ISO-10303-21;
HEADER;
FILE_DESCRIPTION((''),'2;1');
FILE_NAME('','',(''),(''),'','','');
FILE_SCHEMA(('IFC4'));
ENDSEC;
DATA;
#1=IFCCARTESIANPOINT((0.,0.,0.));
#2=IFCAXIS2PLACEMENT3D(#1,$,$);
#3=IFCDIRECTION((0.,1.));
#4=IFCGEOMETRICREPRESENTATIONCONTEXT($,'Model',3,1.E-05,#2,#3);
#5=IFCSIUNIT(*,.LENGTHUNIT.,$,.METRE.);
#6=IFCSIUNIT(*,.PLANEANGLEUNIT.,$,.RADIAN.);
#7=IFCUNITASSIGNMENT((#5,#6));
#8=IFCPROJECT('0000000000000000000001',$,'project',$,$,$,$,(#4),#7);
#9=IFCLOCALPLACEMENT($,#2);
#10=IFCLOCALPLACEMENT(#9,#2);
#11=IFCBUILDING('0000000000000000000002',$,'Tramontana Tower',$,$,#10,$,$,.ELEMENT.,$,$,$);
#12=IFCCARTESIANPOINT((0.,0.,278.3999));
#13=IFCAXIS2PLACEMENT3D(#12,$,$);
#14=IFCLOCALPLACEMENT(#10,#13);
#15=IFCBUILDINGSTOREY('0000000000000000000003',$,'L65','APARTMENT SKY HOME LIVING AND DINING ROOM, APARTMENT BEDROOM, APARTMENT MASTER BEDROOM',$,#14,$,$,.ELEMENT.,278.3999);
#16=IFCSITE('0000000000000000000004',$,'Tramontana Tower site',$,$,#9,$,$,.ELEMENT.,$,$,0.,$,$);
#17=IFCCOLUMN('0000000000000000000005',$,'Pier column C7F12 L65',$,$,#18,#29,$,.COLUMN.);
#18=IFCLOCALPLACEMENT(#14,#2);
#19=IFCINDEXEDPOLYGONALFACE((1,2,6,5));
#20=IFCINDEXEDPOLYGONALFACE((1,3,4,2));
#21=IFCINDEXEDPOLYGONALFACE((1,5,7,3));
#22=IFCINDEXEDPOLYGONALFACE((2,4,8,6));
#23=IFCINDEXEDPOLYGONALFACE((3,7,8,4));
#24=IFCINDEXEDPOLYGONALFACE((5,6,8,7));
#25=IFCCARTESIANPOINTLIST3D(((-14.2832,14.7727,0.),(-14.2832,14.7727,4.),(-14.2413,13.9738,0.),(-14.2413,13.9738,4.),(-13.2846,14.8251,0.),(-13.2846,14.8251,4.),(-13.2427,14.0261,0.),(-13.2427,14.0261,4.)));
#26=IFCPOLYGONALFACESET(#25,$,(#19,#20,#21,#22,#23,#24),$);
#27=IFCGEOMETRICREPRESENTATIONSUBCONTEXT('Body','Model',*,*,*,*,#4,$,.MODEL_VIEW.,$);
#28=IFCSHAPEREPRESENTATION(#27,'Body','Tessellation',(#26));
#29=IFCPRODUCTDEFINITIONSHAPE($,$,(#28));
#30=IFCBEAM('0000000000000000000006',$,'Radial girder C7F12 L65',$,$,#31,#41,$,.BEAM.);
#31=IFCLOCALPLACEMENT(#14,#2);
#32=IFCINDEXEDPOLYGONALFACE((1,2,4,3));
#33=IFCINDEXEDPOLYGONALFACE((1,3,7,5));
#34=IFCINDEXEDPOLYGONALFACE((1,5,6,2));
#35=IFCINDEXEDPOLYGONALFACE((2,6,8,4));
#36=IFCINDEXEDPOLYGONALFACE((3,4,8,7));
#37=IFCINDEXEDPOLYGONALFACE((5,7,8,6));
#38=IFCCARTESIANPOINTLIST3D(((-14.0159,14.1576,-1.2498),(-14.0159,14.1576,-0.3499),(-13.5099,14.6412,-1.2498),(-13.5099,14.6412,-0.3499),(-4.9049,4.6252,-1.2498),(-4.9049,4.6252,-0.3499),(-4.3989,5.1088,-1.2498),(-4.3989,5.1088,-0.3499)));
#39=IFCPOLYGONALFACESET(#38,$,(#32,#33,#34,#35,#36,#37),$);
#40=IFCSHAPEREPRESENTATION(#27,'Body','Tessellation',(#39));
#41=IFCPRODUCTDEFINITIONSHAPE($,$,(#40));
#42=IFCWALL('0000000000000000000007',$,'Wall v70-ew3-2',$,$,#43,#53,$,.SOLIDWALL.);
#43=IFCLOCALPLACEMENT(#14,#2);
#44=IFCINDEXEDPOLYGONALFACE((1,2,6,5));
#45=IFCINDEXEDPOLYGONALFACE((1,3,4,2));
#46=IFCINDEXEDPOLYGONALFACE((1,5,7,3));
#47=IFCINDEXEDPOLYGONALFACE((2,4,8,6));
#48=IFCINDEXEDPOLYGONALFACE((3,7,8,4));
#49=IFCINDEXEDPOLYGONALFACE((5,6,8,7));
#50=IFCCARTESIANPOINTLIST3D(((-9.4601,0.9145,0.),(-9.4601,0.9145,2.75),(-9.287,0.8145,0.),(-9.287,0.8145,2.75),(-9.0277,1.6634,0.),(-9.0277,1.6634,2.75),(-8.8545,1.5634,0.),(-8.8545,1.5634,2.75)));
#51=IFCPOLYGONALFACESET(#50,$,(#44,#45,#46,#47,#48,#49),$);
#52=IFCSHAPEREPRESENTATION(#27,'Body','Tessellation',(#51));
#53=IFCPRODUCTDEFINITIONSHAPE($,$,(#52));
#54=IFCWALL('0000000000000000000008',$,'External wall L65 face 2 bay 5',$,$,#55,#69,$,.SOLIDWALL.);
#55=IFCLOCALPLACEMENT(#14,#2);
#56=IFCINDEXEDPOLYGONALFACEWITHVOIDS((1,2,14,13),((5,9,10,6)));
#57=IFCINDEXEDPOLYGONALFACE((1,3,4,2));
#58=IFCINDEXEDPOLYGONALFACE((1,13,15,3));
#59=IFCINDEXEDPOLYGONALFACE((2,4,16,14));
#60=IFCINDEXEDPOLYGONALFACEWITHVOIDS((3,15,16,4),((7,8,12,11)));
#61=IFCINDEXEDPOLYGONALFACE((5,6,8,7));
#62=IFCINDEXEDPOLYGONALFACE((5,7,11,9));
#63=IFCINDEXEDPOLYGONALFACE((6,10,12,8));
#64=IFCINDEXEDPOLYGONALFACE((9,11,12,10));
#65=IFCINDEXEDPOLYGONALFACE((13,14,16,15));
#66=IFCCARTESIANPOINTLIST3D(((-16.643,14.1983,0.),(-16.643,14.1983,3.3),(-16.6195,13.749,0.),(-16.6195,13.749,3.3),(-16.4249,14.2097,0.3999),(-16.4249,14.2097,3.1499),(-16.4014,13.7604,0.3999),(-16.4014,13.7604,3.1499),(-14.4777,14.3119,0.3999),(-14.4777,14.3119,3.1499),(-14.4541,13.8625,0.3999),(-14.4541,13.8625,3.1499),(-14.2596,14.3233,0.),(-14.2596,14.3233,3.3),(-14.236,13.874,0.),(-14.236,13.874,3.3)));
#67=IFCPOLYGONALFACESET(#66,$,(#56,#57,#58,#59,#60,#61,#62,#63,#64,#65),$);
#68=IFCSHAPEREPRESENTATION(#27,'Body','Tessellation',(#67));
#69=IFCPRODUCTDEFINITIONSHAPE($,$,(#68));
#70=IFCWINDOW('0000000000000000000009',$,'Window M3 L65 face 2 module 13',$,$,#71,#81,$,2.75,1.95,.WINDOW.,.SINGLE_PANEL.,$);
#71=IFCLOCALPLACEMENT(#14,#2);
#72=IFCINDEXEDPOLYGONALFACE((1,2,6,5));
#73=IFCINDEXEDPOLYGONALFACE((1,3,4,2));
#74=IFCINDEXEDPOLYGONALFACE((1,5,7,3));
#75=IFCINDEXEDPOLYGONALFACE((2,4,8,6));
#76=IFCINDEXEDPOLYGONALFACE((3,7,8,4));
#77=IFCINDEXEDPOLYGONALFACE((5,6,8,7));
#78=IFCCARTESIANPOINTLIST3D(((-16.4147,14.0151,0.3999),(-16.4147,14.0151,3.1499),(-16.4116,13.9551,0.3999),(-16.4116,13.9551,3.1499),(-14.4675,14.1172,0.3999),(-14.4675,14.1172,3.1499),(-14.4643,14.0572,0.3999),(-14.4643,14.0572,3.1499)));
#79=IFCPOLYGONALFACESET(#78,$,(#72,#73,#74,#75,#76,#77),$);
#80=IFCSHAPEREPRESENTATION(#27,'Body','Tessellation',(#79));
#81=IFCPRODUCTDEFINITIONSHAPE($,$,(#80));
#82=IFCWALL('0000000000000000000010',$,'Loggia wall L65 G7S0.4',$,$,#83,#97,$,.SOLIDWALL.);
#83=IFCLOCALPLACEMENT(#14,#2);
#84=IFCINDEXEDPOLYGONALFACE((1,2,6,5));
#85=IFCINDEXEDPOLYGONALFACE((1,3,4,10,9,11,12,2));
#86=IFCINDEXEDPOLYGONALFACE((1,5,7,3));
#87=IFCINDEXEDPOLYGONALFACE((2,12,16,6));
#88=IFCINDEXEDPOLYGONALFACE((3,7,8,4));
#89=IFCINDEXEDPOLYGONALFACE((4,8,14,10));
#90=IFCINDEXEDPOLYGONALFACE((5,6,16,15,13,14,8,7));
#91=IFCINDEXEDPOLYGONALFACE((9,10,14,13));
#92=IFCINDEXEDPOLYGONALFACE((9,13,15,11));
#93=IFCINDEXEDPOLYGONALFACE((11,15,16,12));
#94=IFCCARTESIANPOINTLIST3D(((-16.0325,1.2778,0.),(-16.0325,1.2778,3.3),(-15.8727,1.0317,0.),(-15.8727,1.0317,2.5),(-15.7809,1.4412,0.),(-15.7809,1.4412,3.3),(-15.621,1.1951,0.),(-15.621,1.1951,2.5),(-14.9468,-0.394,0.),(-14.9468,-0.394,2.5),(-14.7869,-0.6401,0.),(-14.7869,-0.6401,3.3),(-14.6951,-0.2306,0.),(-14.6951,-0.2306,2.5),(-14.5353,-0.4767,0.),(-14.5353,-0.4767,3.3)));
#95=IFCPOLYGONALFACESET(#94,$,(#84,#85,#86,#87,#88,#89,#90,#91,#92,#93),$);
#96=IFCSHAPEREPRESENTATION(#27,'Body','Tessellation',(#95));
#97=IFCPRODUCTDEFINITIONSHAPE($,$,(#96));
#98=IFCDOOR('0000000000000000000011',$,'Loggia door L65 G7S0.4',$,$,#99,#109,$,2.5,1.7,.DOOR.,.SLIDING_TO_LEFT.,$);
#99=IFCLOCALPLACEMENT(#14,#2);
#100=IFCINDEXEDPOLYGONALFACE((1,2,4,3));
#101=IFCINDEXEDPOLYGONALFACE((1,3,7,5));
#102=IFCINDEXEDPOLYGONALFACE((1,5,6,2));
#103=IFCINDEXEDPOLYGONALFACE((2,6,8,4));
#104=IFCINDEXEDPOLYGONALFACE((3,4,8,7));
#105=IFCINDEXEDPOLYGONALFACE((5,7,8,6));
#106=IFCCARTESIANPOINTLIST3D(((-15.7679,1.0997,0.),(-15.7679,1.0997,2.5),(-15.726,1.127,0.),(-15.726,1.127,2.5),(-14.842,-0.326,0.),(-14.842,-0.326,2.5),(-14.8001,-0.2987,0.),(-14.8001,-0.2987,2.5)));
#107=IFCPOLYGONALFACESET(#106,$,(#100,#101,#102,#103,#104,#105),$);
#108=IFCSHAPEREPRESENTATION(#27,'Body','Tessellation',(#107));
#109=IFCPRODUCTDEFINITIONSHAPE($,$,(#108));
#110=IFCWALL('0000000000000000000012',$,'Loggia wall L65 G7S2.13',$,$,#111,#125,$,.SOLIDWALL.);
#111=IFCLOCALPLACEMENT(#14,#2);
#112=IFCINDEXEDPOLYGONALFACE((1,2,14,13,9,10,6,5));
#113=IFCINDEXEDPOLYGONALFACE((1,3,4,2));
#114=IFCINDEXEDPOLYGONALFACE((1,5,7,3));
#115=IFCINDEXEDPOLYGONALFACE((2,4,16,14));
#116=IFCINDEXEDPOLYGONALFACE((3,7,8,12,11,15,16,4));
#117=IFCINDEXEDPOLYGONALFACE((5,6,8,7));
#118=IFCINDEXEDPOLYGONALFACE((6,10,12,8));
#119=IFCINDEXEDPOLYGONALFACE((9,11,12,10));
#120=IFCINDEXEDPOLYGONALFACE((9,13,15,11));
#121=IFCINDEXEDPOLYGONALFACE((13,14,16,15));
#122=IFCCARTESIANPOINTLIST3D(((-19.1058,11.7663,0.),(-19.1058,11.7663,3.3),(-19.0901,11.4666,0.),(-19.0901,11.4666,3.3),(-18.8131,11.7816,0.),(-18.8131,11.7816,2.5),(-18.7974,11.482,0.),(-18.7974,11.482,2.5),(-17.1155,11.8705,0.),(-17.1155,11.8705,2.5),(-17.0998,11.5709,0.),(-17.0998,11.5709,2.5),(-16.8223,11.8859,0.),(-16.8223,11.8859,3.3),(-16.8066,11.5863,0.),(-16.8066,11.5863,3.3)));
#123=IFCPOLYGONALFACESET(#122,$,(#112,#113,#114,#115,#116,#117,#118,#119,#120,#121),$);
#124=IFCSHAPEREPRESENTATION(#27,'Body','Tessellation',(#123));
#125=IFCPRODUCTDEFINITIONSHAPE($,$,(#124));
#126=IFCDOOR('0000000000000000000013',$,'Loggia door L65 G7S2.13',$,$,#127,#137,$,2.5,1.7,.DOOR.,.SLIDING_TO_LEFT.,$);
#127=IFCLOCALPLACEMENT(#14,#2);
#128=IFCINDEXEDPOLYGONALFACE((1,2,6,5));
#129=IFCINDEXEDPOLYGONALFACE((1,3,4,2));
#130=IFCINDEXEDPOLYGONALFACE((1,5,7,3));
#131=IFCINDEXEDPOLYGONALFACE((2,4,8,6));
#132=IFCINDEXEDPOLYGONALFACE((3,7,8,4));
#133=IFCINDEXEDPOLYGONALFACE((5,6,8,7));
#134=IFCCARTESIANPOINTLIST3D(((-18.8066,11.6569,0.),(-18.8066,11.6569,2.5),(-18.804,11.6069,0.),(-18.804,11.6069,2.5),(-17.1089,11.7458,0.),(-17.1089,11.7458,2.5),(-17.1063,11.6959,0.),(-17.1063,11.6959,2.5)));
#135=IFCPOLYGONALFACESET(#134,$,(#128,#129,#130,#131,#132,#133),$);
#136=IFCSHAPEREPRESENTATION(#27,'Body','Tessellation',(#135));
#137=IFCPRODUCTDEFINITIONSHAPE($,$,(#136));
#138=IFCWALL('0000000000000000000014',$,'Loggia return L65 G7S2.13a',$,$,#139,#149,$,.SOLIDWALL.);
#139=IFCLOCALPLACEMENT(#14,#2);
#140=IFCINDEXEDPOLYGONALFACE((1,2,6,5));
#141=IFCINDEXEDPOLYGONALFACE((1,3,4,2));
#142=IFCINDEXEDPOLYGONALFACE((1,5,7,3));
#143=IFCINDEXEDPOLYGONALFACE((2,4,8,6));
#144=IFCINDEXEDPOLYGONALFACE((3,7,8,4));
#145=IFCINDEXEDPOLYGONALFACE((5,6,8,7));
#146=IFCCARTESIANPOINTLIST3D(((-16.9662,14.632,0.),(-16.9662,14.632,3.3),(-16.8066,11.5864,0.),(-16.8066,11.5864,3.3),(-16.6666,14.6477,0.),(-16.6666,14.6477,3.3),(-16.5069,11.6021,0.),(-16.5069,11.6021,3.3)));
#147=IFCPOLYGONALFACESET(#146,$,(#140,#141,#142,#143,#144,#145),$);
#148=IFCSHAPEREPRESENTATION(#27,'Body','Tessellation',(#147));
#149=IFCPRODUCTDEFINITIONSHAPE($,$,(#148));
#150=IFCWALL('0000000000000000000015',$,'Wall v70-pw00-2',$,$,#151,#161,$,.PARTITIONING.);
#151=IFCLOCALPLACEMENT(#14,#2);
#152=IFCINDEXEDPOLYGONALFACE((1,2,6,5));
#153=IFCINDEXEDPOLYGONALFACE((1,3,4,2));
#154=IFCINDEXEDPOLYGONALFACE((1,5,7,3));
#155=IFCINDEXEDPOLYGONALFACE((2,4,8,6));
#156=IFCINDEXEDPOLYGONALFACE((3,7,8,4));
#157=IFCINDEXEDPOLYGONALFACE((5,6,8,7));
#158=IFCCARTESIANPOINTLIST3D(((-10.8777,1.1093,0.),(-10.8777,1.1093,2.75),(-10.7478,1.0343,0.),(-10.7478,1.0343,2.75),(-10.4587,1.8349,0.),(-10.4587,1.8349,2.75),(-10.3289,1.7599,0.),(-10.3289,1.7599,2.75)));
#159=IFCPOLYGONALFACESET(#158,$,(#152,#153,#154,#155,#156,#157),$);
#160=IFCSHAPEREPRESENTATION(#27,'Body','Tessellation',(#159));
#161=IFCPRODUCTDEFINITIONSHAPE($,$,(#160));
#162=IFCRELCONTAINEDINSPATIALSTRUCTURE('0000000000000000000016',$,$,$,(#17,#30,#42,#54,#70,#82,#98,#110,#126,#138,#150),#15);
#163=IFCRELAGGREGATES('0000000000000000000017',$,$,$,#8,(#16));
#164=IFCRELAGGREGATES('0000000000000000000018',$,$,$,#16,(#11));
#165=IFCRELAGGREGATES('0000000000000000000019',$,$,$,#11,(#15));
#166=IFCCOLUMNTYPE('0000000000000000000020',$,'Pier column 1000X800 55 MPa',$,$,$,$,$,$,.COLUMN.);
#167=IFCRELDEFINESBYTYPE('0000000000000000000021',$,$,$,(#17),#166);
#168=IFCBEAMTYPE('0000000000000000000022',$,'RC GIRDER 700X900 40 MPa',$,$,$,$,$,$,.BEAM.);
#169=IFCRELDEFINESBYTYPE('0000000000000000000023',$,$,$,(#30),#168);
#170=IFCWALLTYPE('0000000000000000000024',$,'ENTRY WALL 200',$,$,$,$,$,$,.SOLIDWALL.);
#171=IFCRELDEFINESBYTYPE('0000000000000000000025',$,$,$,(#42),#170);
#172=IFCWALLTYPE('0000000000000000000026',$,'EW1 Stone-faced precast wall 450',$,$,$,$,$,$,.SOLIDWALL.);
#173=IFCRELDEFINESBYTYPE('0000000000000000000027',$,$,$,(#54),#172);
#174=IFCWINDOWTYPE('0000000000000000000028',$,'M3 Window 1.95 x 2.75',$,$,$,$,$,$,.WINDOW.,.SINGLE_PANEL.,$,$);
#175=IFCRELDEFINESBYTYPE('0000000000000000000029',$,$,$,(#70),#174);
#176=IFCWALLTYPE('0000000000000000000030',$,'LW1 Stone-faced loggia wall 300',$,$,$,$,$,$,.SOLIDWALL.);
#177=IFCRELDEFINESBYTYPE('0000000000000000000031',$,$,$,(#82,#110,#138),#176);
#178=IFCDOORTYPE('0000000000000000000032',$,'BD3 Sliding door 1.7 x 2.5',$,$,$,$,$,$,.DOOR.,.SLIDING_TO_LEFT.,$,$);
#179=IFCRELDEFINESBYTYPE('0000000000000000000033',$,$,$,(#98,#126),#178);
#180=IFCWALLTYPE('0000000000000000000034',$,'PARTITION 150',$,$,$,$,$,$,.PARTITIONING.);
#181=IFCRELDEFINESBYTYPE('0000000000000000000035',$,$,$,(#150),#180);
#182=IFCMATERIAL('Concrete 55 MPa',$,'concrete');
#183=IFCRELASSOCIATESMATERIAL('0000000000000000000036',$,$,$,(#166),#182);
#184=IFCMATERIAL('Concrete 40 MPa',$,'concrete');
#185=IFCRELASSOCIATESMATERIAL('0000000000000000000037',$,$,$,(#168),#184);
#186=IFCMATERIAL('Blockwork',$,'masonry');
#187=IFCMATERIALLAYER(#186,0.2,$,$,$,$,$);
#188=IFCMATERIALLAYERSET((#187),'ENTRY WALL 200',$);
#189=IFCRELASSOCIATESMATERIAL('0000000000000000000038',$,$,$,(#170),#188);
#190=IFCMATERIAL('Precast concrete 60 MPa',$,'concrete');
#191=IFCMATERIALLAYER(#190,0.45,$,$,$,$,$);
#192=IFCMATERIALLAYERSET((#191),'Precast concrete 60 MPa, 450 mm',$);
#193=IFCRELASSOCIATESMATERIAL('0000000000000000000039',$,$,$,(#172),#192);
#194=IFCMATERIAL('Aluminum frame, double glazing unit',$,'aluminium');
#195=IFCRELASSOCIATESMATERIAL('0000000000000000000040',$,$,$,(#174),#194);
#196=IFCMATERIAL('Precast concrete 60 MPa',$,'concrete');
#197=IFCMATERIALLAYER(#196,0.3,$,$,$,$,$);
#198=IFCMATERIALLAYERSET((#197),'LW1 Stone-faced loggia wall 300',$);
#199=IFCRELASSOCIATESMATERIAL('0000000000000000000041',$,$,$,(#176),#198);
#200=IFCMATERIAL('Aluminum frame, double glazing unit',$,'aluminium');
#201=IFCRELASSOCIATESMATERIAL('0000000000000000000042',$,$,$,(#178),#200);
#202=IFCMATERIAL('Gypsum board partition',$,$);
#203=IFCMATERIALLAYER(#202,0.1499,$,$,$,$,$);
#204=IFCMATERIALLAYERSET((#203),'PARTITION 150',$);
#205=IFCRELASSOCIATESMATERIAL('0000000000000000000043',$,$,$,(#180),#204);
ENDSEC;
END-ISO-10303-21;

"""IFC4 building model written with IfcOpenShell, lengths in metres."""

from ifc_helpers import new_model, si_unit, direction, frame, frame_2d, origin, origin_2d, place, context, subcontext, project, spatial, rectangle, extrude, material, layer, layer_set, material_profile, profile_set, type_object, element, fill, save


model = new_model("IFC4")

# Units and contexts
model_context = context("Model", 3, precision=1e-05, world=origin(), true_north=direction((0.0, 1.0)))
body_context = subcontext(model_context, "Body", "Model", "MODEL_VIEW")
ifc_project = project(units=[si_unit("LENGTHUNIT", "METRE"), si_unit("PLANEANGLEUNIT", "RADIAN")], contexts=[model_context])

# Site, building, storey
site_placement = place(None, origin())
site = spatial("IfcSite", under=ifc_project, at=site_placement, Name="Tramontana Tower site", CompositionType="ELEMENT", RefElevation=0.0)
building_placement = place(site_placement, origin())
building = spatial("IfcBuilding", under=site, at=building_placement, Name="Tramontana Tower", CompositionType="ELEMENT")
storey_placement = place(building_placement, frame((0.0, 0.0, 278.3999)))
storey = spatial("IfcBuildingStorey", under=building, at=storey_placement, Name="L65", Description="APARTMENT SKY HOME LIVING AND DINING ROOM, APARTMENT BEDROOM, APARTMENT MASTER BEDROOM", CompositionType="ELEMENT", Elevation=278.3999)

# Column
ifc_material_1 = material(Name="Concrete 55 MPa", Category="concrete")
ifc_material_profile_1 = material_profile(ifc_material_1, rectangle(XDim=1.0, YDim=0.8, at=origin_2d()), Name="Pier column 1000X800 55 MPa")
ifc_profile_set_1 = profile_set([ifc_material_profile_1], Name="Concrete 55 MPa")
column_type = type_object("IfcColumnType", Name="Pier column 1000X800 55 MPa", PredefinedType="COLUMN", material=ifc_profile_set_1)
column_placement = place(storey_placement, frame((-13.7629, 14.3994, 0.0), z_axis=(0.0, 0.0, 1.0), x_axis=(-0.99863, -0.052336, 0.0)))
element("IfcColumn", 1, at=column_placement, inside=storey, type_object=column_type, Name="Pier column C7F12 L65", PredefinedType="COLUMN", context=body_context, shape_type="SweptSolid", body=[
    extrude(rectangle(XDim=1.0, YDim=0.8, at=origin_2d()), origin(), (0.0, 0.0, 1.0), 4.0),
])

# Beam
ifc_material_2 = material(Name="Concrete 40 MPa", Category="concrete")
ifc_material_profile_2 = material_profile(ifc_material_2, rectangle(XDim=0.7, YDim=0.8999, at=origin_2d()), Name="RC GIRDER 700X900 40 MPa")
ifc_profile_set_2 = profile_set([ifc_material_profile_2], Name="Concrete 40 MPa")
beam_type = type_object("IfcBeamType", Name="RC GIRDER 700X900 40 MPa", PredefinedType="BEAM", material=ifc_profile_set_2)
beam_placement = place(storey_placement, frame((-13.7629, 14.3994, -0.7998), z_axis=(0.690948, -0.722904, 0.0), x_axis=(0.722904, 0.690948, 0.0)))
element("IfcBeam", 2, at=beam_placement, inside=storey, type_object=beam_type, Name="Radial girder C7F12 L65", PredefinedType="BEAM", context=body_context, shape_type="SweptSolid", body=[
    extrude(rectangle(XDim=0.7, YDim=0.8999, at=origin_2d()), origin(), (0.0, 0.0, 1.0), 13.1863),
])

# Wall
ifc_material_3 = material(Name="Blockwork", Category="masonry")
ifc_layer_1 = layer(ifc_material_3, 0.2)
ifc_layer_set_1 = layer_set([ifc_layer_1], Name="ENTRY WALL 200")
wall_type_1 = type_object("IfcWallType", Name="ENTRY WALL 200", PredefinedType="SOLIDWALL", material=ifc_layer_set_1)
wall_1_placement = place(storey_placement, frame((-9.3735, 0.8645, 0.0), z_axis=(0.0, 0.0, 1.0), x_axis=(0.500056, 0.865993, 0.0)))
element("IfcWall", 3, at=wall_1_placement, inside=storey, type_object=wall_type_1, Name="Wall v70-ew3-2", PredefinedType="SOLIDWALL", context=body_context, shape_type="SweptSolid", body=[
    extrude(rectangle(XDim=0.8647, YDim=0.2, at=frame_2d((0.4324, 0.0))), origin(), (0.0, 0.0, 1.0), 2.75),
])

# Wall, opening, window
ifc_material_4 = material(Name="Precast concrete 60 MPa", Category="concrete")
ifc_layer_2 = layer(ifc_material_4, 0.45)
ifc_layer_set_2 = layer_set([ifc_layer_2], Name="Precast concrete 60 MPa, 450 mm")
wall_type_2 = type_object("IfcWallType", Name="EW1 Stone-faced precast wall 450", PredefinedType="SOLIDWALL", material=ifc_layer_set_2)
wall_2_placement = place(storey_placement, frame((-14.2478, 14.0986, 0.0), z_axis=(0.0, 0.0, 1.0), x_axis=(-0.998628, -0.052371, 0.0)))
wall_2 = element("IfcWall", 4, at=wall_2_placement, inside=storey, type_object=wall_type_2, Name="External wall L65 face 2 bay 5", PredefinedType="SOLIDWALL", context=body_context, shape_type="SweptSolid", body=[
    extrude(rectangle(XDim=2.3867, YDim=0.45, at=frame_2d((1.1934, 0.0))), origin(), (0.0, 0.0, 1.0), 3.3),
])
opening_1_placement = place(wall_2_placement, frame((0.2183, 0.0, 0.3999)))
opening_1 = element("IfcOpeningElement", 5, at=opening_1_placement, cuts=wall_2, PredefinedType="OPENING", context=body_context, shape_type="SweptSolid", body=[
    extrude(rectangle(XDim=1.95, YDim=2.75, at=frame_2d((0.9751, 1.375))), frame((0.0, 0.2349, 0.0), z_axis=(0.0, -1.0, 0.0), x_axis=(1.0, 0.0, 0.0)), (0.0, 0.0, 1.0), 0.47),
])
ifc_material_5 = material(Name="Aluminum frame, double glazing unit", Category="aluminium")
window_type = type_object("IfcWindowType", Name="M3 Window 1.95 x 2.75", PartitioningType="SINGLE_PANEL", PredefinedType="WINDOW", material=ifc_material_5)
window_placement = place(opening_1_placement, origin())
window = element("IfcWindow", 6, at=window_placement, inside=storey, type_object=window_type, Name="Window M3 L65 face 2 module 13", OverallHeight=2.75, OverallWidth=1.95, PartitioningType="SINGLE_PANEL", PredefinedType="WINDOW", context=body_context, shape_type="SweptSolid", body=[
    extrude(rectangle(XDim=1.95, YDim=2.75, at=frame_2d((0.9751, 1.375))), frame((0.0, 0.03, 0.0), z_axis=(0.0, -1.0, 0.0), x_axis=(1.0, 0.0, 0.0)), (0.0, 0.0, 1.0), 0.0601),
])
fill(opening_1, window)

# Walls, openings, doors
ifc_material_6 = material(Name="Precast concrete 60 MPa", Category="concrete")
ifc_layer_3 = layer(ifc_material_6, 0.3)
ifc_layer_set_3 = layer_set([ifc_layer_3], Name="LW1 Stone-faced loggia wall 300")
wall_type_3 = type_object("IfcWallType", Name="LW1 Stone-faced loggia wall 300", PredefinedType="SOLIDWALL", material=ifc_layer_set_3)
wall_3_placement = place(storey_placement, frame((-15.9067, 1.3596, 0.0), z_axis=(0.0, 0.0, 1.0), x_axis=(0.544658, -0.838658, 0.0)))
wall_3 = element("IfcWall", 7, at=wall_3_placement, inside=storey, type_object=wall_type_3, Name="Loggia wall L65 G7S0.4", PredefinedType="SOLIDWALL", context=body_context, shape_type="SweptSolid", body=[
    extrude(rectangle(XDim=2.2869, YDim=0.3, at=frame_2d((1.1436, 0.0))), origin(), (0.0, 0.0, 1.0), 3.3),
])
opening_2_placement = place(wall_3_placement, frame((0.2935, 0.0, 0.0)))
opening_2 = element("IfcOpeningElement", 8, at=opening_2_placement, cuts=wall_3, PredefinedType="OPENING", context=body_context, shape_type="SweptSolid", body=[
    extrude(rectangle(XDim=1.7, YDim=2.5, at=frame_2d((0.8501, 1.25))), frame((0.0, 0.1599, 0.0), z_axis=(0.0, -1.0, 0.0), x_axis=(1.0, 0.0, 0.0)), (0.0, 0.0, 1.0), 0.3201),
])
ifc_material_7 = material(Name="Aluminum frame, double glazing unit", Category="aluminium")
door_type_1 = type_object("IfcDoorType", Name="BD3 Sliding door 1.7 x 2.5", OperationType="SLIDING_TO_LEFT", PredefinedType="DOOR", material=ifc_material_7)
door_1_placement = place(opening_2_placement, origin())
door_1 = element("IfcDoor", 9, at=door_1_placement, inside=storey, type_object=door_type_1, Name="Loggia door L65 G7S0.4", OperationType="SLIDING_TO_LEFT", OverallHeight=2.5, OverallWidth=1.7, PredefinedType="DOOR", context=body_context, shape_type="SweptSolid", body=[
    extrude(rectangle(XDim=1.7, YDim=2.5, at=frame_2d((0.8501, 1.25))), frame((0.0, 0.0249, 0.0), z_axis=(0.0, -1.0, 0.0), x_axis=(1.0, 0.0, 0.0)), (0.0, 0.0, 1.0), 0.05),
])
fill(opening_2, door_1)
wall_4_placement = place(storey_placement, frame((-16.8145, 11.7361, 0.0), z_axis=(0.0, 0.0, 1.0), x_axis=(-0.99863, -0.052318, 0.0)))
wall_4 = element("IfcWall", 10, at=wall_4_placement, inside=storey, type_object=wall_type_3, Name="Loggia wall L65 G7S2.13", PredefinedType="SOLIDWALL", context=body_context, shape_type="SweptSolid", body=[
    extrude(rectangle(XDim=2.2866, YDim=0.3, at=frame_2d((1.1433, 0.0))), origin(), (0.0, 0.0, 1.0), 3.3),
])
opening_3_placement = place(wall_4_placement, frame((0.2935, 0.0, 0.0)))
opening_3 = element("IfcOpeningElement", 11, at=opening_3_placement, cuts=wall_4, PredefinedType="OPENING", context=body_context, shape_type="SweptSolid", body=[
    extrude(rectangle(XDim=1.7, YDim=2.5, at=frame_2d((0.8501, 1.25))), frame((0.0, 0.1599, 0.0), z_axis=(0.0, -1.0, 0.0), x_axis=(1.0, 0.0, 0.0)), (0.0, 0.0, 1.0), 0.3201),
])
door_2_placement = place(opening_3_placement, origin())
door_2 = element("IfcDoor", 12, at=door_2_placement, inside=storey, type_object=door_type_1, Name="Loggia door L65 G7S2.13", OperationType="SLIDING_TO_LEFT", OverallHeight=2.5, OverallWidth=1.7, PredefinedType="DOOR", context=body_context, shape_type="SweptSolid", body=[
    extrude(rectangle(XDim=1.7, YDim=2.5, at=frame_2d((0.8501, 1.25))), frame((0.0, 0.0249, 0.0), z_axis=(0.0, -1.0, 0.0), x_axis=(1.0, 0.0, 0.0)), (0.0, 0.0, 1.0), 0.05),
])
fill(opening_3, door_2)

# Walls
wall_5_placement = place(storey_placement, frame((-16.8164, 14.6399, 0.0), z_axis=(0.0, 0.0, 1.0), x_axis=(0.052353, -0.998629, 0.0)))
element("IfcWall", 13, at=wall_5_placement, inside=storey, type_object=wall_type_3, Name="Loggia return L65 G7S2.13a", PredefinedType="SOLIDWALL", context=body_context, shape_type="SweptSolid", body=[
    extrude(rectangle(XDim=3.0498, YDim=0.3, at=frame_2d((1.5249, 0.0))), origin(), (0.0, 0.0, 1.0), 3.3),
])
ifc_material_8 = material(Name="Gypsum board partition")
ifc_layer_4 = layer(ifc_material_8, 0.1499)
ifc_layer_set_4 = layer_set([ifc_layer_4], Name="PARTITION 150")
wall_type_4 = type_object("IfcWallType", Name="PARTITION 150", PredefinedType="PARTITIONING", material=ifc_layer_set_4)
wall_6_placement = place(storey_placement, frame((-10.8127, 1.0718, 0.0), z_axis=(0.0, 0.0, 1.0), x_axis=(0.500025, 0.866011, 0.0)))
element("IfcWall", 14, at=wall_6_placement, inside=storey, type_object=wall_type_4, Name="Wall v70-pw00-2", PredefinedType="PARTITIONING", context=body_context, shape_type="SweptSolid", body=[
    extrude(rectangle(XDim=0.8379, YDim=0.1499, at=frame_2d((0.4189, 0.0))), origin(), (0.0, 0.0, 1.0), 2.75),
])

save(model, "model.ifc")
